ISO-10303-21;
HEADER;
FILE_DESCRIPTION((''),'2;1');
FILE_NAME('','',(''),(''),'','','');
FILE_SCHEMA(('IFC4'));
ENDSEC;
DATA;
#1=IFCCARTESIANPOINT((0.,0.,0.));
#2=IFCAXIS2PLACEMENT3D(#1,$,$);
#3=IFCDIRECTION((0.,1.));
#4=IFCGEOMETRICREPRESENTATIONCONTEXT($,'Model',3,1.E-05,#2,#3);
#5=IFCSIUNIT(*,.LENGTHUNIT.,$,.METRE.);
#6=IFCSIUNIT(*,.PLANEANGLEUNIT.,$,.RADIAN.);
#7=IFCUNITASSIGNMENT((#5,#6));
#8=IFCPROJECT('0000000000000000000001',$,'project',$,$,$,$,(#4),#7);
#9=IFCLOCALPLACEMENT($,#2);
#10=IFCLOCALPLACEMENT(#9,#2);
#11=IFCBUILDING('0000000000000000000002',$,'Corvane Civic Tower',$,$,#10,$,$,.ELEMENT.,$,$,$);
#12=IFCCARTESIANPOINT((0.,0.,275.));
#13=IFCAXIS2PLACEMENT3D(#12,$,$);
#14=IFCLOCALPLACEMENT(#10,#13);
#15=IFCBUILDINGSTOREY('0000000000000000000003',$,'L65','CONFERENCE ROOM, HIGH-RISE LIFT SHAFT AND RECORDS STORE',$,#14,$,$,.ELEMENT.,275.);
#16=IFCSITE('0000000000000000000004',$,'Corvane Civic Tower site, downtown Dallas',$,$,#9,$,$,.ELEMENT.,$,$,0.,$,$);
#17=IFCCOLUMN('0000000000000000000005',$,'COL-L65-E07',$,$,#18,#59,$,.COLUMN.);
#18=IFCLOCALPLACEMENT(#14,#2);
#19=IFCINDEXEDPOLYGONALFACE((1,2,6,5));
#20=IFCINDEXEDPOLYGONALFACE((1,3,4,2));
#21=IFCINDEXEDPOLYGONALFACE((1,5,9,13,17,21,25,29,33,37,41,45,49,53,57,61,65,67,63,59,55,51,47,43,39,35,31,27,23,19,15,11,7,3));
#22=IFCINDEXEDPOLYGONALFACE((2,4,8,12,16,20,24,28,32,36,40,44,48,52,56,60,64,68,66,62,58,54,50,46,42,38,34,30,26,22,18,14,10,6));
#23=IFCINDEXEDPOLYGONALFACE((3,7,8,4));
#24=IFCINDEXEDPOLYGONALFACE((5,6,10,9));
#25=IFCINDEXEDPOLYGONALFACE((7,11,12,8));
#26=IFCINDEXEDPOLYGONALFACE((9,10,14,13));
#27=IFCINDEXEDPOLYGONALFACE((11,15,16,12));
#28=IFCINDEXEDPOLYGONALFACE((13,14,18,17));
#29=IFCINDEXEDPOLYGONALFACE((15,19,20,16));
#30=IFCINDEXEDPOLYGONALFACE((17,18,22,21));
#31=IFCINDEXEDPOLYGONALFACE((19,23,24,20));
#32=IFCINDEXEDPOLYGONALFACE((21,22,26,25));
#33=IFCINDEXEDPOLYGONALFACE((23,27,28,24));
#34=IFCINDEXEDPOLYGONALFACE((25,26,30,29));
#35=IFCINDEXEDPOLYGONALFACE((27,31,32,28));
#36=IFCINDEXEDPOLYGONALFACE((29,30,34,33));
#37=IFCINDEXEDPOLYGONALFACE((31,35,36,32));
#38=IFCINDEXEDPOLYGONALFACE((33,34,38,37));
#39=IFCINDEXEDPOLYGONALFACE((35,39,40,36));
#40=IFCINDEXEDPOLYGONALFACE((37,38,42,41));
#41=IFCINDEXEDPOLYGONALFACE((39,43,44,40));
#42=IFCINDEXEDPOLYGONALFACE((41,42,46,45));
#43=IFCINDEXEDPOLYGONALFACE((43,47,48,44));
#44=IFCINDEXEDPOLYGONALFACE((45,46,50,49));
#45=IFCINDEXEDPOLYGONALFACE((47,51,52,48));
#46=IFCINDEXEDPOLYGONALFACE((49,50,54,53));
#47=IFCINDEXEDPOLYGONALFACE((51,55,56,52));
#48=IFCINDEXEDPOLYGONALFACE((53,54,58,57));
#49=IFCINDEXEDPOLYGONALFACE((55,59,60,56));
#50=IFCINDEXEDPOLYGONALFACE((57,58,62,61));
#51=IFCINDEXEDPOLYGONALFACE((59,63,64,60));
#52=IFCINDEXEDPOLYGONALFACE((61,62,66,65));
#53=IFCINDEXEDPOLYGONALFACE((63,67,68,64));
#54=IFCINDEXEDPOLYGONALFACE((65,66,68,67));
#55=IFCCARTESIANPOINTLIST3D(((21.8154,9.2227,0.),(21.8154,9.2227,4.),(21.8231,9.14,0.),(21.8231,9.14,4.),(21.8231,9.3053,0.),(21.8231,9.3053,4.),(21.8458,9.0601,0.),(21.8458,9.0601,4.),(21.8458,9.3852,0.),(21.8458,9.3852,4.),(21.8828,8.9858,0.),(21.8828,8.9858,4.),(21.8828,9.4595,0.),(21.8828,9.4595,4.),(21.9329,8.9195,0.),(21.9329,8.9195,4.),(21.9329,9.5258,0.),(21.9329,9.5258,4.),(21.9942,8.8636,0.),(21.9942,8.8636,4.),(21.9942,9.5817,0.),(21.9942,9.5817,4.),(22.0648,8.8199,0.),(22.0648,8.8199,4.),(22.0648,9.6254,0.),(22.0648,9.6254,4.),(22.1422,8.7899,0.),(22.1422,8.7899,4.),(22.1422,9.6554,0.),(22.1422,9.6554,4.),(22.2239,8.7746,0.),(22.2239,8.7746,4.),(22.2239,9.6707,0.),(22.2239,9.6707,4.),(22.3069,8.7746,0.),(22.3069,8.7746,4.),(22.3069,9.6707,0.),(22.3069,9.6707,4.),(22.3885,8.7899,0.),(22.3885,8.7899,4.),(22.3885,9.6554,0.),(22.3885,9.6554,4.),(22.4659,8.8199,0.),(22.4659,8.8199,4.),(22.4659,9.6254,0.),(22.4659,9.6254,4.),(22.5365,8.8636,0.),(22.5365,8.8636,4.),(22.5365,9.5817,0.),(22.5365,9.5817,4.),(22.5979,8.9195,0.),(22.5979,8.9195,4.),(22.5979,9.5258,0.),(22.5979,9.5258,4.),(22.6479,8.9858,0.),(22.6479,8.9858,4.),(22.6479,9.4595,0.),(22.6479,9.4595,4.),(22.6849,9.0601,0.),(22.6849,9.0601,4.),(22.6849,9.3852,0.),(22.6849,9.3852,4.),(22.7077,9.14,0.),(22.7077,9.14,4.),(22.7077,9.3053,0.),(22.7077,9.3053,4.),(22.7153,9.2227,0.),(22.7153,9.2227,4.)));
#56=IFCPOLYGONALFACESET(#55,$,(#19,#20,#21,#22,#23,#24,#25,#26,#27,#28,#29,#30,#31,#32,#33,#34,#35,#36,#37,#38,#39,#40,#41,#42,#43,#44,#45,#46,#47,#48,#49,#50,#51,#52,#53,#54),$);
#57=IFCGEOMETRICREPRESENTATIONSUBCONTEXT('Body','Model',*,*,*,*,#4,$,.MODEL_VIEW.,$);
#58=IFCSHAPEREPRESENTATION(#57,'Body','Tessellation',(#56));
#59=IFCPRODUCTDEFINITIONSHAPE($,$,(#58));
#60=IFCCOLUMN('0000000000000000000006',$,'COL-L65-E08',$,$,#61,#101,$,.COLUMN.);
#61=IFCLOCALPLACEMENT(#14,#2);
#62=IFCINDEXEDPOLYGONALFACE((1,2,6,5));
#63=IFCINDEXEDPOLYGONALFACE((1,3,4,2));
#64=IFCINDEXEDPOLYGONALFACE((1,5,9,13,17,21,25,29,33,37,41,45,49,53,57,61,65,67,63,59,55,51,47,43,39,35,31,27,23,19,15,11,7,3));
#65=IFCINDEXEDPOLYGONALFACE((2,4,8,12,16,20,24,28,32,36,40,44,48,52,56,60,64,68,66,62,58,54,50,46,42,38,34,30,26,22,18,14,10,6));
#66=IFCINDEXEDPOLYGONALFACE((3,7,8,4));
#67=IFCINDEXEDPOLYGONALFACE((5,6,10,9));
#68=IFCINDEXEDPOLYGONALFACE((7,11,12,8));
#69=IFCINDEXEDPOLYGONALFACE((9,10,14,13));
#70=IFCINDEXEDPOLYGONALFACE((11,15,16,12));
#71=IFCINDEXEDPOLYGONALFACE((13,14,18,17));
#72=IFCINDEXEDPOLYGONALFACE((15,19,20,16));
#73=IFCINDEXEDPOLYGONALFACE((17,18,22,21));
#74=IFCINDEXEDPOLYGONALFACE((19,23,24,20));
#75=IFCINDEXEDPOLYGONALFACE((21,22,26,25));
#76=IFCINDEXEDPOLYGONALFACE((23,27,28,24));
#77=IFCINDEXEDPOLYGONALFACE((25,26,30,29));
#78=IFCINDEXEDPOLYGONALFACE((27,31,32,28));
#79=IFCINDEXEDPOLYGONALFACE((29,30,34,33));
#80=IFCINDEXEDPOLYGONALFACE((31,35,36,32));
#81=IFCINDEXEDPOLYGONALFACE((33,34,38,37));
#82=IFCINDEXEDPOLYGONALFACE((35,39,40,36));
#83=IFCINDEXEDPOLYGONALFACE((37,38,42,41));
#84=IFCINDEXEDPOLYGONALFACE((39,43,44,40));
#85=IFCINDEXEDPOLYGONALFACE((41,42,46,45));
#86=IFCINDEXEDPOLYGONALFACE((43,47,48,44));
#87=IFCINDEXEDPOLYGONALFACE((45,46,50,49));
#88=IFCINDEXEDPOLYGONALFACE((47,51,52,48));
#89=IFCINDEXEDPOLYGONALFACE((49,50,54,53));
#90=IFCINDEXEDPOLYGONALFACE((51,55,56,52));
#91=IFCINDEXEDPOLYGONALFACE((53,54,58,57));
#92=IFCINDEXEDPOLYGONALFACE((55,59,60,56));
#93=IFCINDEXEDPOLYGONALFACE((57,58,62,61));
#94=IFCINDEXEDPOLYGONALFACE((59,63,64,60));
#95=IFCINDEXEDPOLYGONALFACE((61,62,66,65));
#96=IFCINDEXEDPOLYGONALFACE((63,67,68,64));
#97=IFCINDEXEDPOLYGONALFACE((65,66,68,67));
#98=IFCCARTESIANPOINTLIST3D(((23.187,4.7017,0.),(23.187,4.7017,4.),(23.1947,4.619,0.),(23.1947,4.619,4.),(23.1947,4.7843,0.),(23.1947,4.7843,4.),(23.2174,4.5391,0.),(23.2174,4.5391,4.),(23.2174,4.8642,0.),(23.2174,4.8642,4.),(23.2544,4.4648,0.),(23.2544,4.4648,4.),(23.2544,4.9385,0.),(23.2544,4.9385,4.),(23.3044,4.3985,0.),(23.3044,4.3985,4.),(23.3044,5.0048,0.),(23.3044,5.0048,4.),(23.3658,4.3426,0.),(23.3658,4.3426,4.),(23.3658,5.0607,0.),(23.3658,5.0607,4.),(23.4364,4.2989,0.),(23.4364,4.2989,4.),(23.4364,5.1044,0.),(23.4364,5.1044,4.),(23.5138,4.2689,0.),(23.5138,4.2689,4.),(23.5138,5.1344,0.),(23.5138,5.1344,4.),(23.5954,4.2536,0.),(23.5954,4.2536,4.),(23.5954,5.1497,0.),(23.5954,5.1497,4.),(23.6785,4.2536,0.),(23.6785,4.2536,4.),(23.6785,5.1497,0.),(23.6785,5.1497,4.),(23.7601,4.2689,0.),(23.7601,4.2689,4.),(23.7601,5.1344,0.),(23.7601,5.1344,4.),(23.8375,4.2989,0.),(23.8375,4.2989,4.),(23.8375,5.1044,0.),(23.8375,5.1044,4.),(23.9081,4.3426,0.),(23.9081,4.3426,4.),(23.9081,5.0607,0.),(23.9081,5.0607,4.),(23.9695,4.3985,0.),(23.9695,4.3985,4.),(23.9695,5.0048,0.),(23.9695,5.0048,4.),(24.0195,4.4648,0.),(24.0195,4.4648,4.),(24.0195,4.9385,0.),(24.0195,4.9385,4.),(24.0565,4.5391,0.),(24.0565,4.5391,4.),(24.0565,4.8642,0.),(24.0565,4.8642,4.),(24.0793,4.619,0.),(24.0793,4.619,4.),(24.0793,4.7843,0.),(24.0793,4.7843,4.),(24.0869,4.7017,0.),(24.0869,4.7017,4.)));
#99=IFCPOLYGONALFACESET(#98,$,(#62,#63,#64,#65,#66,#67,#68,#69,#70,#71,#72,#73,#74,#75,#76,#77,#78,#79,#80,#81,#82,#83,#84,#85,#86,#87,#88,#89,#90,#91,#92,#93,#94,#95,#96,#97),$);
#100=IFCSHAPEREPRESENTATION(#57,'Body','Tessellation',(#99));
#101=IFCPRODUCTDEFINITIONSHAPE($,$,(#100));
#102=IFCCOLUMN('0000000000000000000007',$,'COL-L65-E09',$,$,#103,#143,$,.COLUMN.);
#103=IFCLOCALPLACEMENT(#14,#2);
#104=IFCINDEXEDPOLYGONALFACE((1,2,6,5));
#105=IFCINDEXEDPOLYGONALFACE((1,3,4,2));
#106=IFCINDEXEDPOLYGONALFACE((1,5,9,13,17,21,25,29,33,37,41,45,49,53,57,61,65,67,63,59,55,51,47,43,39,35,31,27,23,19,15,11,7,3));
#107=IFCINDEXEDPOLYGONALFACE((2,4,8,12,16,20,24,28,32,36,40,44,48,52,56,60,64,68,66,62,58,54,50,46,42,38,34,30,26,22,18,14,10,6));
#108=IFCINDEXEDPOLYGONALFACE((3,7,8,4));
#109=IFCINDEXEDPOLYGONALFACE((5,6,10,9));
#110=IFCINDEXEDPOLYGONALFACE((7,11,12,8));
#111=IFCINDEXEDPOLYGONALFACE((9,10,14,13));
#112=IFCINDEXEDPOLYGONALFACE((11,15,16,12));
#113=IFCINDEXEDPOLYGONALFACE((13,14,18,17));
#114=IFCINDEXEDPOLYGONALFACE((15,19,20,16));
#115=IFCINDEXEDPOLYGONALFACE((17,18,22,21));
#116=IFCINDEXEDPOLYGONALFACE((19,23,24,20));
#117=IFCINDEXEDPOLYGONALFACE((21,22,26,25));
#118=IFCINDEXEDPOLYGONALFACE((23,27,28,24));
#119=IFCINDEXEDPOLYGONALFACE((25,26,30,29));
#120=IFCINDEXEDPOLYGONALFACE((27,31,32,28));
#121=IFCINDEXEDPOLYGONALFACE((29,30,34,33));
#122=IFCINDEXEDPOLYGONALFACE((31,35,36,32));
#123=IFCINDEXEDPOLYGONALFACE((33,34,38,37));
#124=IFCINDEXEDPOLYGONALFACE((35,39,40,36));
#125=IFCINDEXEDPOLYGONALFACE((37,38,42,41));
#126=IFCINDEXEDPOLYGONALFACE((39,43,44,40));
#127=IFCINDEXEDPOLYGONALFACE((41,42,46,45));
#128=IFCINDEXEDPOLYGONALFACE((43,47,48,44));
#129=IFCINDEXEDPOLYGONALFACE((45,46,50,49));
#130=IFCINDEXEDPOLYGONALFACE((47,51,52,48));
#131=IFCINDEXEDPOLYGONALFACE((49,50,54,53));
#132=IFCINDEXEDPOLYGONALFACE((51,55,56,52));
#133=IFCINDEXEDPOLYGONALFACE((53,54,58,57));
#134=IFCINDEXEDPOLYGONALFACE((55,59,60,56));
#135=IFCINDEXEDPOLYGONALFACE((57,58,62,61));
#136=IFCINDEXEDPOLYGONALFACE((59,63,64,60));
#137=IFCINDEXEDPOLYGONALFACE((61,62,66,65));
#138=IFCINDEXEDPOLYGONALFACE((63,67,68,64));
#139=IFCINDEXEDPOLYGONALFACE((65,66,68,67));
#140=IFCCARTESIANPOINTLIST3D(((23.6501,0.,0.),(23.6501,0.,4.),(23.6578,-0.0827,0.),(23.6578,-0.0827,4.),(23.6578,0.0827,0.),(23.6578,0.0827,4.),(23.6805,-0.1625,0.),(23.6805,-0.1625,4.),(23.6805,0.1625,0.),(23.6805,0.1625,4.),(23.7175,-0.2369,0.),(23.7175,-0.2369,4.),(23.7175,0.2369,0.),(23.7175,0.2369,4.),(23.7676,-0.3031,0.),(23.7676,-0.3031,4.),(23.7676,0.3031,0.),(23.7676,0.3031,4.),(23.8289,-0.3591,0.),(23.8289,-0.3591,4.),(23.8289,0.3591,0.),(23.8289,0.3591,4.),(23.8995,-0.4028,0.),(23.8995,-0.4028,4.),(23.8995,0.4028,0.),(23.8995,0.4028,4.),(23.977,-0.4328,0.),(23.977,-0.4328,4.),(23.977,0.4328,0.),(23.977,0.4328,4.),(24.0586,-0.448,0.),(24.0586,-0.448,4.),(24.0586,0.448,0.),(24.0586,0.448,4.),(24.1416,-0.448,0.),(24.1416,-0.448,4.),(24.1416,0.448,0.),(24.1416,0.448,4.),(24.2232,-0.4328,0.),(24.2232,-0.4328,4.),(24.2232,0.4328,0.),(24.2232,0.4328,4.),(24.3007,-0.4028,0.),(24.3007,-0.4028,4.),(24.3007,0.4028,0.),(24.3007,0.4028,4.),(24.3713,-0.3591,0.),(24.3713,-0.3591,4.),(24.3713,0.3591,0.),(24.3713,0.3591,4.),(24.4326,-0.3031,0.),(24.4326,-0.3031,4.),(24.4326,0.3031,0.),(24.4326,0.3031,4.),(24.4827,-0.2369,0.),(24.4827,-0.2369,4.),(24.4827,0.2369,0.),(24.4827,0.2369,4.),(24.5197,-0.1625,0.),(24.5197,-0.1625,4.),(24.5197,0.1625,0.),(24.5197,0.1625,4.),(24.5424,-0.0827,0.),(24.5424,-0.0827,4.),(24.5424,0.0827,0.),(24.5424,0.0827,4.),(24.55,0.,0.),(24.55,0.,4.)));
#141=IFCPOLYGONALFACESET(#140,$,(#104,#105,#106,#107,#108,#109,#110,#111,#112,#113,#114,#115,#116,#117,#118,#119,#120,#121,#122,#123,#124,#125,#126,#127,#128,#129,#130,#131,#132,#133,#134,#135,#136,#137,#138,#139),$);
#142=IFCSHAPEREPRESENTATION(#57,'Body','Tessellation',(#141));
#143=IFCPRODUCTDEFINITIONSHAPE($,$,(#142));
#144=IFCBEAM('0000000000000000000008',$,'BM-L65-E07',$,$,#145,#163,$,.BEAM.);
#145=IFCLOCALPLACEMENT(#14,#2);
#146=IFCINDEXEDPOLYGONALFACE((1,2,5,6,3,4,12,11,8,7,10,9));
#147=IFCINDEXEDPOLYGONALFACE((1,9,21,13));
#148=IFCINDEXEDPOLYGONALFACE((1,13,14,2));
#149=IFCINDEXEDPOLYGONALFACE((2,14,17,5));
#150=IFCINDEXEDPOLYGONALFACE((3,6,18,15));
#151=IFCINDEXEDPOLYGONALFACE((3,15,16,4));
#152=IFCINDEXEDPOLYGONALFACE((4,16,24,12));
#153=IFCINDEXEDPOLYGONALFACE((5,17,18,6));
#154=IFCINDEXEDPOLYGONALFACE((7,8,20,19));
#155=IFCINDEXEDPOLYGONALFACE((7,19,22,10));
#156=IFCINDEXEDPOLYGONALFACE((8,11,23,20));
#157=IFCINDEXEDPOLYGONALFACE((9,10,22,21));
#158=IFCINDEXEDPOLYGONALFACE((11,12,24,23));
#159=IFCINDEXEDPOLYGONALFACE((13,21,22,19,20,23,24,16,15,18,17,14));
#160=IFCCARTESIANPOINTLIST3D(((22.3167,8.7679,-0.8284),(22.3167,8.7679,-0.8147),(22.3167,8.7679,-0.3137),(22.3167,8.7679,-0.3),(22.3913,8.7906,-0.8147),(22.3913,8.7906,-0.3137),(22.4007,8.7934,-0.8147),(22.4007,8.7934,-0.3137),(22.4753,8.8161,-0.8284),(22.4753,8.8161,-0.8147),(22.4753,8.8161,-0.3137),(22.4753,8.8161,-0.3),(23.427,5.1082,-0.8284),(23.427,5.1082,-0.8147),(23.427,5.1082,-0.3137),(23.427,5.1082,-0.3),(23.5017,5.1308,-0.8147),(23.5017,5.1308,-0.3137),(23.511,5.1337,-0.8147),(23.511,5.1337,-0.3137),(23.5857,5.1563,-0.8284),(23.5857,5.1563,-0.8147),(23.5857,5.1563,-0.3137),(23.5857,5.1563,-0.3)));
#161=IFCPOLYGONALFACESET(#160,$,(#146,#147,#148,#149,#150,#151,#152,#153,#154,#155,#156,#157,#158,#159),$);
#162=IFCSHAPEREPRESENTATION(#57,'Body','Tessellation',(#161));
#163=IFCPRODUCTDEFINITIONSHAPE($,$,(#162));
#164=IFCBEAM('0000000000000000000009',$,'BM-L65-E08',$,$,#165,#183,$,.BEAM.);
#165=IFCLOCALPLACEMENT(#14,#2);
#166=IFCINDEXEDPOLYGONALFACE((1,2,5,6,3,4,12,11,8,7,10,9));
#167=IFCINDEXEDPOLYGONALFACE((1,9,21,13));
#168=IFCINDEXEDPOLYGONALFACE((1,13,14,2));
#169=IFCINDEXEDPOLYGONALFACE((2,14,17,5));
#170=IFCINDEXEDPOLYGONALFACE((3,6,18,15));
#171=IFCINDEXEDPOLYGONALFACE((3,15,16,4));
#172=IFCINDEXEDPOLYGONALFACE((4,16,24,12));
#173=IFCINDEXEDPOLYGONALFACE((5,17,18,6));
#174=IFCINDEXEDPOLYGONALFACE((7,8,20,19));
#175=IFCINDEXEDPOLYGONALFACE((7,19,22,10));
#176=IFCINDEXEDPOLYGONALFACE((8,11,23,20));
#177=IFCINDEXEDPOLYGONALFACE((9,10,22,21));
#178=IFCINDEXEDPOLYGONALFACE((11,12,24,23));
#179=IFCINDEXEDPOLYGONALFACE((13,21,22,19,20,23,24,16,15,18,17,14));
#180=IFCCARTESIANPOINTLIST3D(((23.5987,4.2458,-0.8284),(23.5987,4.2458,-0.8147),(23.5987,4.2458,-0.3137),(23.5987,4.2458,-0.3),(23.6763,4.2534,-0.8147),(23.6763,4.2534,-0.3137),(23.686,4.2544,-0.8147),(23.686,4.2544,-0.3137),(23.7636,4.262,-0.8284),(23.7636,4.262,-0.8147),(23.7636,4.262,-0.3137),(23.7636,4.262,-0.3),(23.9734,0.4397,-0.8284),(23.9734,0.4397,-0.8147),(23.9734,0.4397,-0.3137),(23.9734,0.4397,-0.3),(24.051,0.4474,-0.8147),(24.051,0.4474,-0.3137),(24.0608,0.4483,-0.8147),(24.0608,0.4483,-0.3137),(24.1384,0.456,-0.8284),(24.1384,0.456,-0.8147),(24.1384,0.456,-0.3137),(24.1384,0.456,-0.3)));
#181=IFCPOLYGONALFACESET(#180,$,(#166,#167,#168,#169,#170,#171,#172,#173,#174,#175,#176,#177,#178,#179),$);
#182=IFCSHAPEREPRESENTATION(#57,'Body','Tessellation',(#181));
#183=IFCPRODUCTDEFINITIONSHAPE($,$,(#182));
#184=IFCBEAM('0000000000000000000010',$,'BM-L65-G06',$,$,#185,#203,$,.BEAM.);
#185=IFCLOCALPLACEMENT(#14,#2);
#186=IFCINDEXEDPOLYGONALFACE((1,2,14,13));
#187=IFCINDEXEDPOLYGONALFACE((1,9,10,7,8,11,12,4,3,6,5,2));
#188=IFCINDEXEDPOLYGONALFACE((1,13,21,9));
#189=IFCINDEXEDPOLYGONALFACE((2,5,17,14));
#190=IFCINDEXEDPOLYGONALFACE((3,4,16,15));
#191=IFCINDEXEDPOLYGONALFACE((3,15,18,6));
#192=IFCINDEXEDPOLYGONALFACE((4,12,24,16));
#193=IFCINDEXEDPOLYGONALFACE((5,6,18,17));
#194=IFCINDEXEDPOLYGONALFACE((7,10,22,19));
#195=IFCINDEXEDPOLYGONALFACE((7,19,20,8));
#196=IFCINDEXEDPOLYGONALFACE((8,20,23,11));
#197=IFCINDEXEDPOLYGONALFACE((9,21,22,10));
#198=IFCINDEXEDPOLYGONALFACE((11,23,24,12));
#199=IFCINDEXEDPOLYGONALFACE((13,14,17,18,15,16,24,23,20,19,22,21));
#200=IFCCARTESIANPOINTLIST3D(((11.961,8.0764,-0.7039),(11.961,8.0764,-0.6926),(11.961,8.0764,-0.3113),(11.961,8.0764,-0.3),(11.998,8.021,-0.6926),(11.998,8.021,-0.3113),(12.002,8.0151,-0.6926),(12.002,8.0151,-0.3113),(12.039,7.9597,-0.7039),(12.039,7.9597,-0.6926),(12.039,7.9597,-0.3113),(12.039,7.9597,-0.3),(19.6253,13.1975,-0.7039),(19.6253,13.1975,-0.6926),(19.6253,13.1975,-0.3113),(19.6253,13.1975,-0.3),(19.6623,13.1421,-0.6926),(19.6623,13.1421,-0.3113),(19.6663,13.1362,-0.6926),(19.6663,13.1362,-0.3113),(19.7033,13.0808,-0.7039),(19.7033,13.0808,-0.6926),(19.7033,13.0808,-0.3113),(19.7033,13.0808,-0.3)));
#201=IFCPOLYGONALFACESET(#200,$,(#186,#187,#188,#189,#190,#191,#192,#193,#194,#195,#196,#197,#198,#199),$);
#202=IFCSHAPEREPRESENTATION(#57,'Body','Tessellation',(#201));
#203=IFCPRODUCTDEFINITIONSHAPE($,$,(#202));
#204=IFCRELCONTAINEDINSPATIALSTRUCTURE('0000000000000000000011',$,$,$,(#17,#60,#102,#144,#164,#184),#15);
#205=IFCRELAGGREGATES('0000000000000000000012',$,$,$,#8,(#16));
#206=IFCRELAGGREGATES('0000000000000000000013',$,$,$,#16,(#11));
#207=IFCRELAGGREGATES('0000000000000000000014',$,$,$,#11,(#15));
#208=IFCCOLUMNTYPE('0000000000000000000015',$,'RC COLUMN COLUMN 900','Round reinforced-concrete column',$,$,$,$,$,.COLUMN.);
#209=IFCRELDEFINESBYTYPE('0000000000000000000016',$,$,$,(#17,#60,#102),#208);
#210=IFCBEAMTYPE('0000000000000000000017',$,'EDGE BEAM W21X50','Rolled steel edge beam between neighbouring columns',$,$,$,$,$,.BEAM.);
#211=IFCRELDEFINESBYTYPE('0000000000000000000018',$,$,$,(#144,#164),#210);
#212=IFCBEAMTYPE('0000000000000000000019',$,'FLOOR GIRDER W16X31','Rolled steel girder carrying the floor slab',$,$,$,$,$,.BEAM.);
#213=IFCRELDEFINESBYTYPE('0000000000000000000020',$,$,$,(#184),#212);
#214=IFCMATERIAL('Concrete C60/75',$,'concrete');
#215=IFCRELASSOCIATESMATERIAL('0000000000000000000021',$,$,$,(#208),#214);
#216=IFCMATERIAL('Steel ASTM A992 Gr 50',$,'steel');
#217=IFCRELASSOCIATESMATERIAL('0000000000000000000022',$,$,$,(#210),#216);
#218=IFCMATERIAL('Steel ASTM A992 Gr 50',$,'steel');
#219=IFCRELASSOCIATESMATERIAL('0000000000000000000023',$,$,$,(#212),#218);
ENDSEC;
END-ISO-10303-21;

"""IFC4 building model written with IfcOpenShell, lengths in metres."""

from ifc_helpers import new_model, si_unit, direction, frame, origin, origin_2d, place, context, subcontext, project, spatial, circle, i_section, extrude, material, material_profile, profile_set, type_object, element, save


model = new_model("IFC4")

# Units and contexts
model_context = context("Model", 3, precision=1e-05, world=origin(), true_north=direction((0.0, 1.0)))
body_context = subcontext(model_context, "Body", "Model", "MODEL_VIEW")
ifc_project = project(units=[si_unit("LENGTHUNIT", "METRE"), si_unit("PLANEANGLEUNIT", "RADIAN")], contexts=[model_context])

# Site, building, storey
site_placement = place(None, origin())
site = spatial("IfcSite", under=ifc_project, at=site_placement, Name="Corvane Civic Tower site, downtown Dallas", CompositionType="ELEMENT", RefElevation=0.0)
building_placement = place(site_placement, origin())
building = spatial("IfcBuilding", under=site, at=building_placement, Name="Corvane Civic Tower", CompositionType="ELEMENT")
storey_placement = place(building_placement, frame((0.0, 0.0, 275.0)))
storey = spatial("IfcBuildingStorey", under=building, at=storey_placement, Name="L65", Description="CONFERENCE ROOM, HIGH-RISE LIFT SHAFT AND RECORDS STORE", CompositionType="ELEMENT", Elevation=275.0)

# Columns
ifc_material_1 = material(Name="Concrete C60/75", Category="concrete")
ifc_material_profile_1 = material_profile(ifc_material_1, circle(Radius=0.45, at=origin_2d()), Name="COLUMN 900")
ifc_profile_set_1 = profile_set([ifc_material_profile_1], Name="Concrete C60/75")
column_type = type_object("IfcColumnType", Name="RC COLUMN COLUMN 900", Description="Round reinforced-concrete column", PredefinedType="COLUMN", material=ifc_profile_set_1)
for number, where, z_axis, x_axis, name in (
    (1, (22.2654, 9.2227, 0.0), (0.0, 0.0, 1.0), (1.0, 0.0, 0.0), "COL-L65-E07"),
    (2, (23.637, 4.7017, 0.0), (0.0, 0.0, 1.0), (1.0, 0.0, 0.0), "COL-L65-E08"),
    (3, (24.1001, 0.0, 0.0), (0.0, 0.0, 1.0), (1.0, 0.0, 0.0), "COL-L65-E09"),
):
    element("IfcColumn", number, at=place(storey_placement, frame(where, z_axis=z_axis, x_axis=x_axis)), inside=storey, type_object=column_type, Name=name, PredefinedType="COLUMN", context=body_context, shape_type="SweptSolid", body=[
        extrude(circle(Radius=0.45, at=origin_2d()), origin(), (0.0, 0.0, 1.0), 4.0),
    ])

# Beams
ifc_material_2 = material(Name="Steel ASTM A992 Gr 50", Category="steel")
ifc_material_profile_2 = material_profile(ifc_material_2, i_section(OverallWidth=0.1658, OverallDepth=0.5283, WebThickness=0.0098, FlangeThickness=0.0137, at=origin_2d()), Name="W21X50")
ifc_profile_set_2 = profile_set([ifc_material_profile_2], Name="Steel ASTM A992 Gr 50")
beam_type_1 = type_object("IfcBeamType", Name="EDGE BEAM W21X50", Description="Rolled steel edge beam between neighbouring columns", PredefinedType="BEAM", material=ifc_profile_set_2)
for number, where, z_axis, x_axis, name in (
    (4, (22.396, 8.792, -0.5642), (0.290333, -0.956926, 0.0), (0.956926, 0.290333, 0.0), "BM-L65-E07"),
    (5, (23.6812, 4.2539, -0.5642), (0.097987, -0.995188, 0.0), (0.995188, 0.097987, 0.0), "BM-L65-E08"),
):
    element("IfcBeam", number, at=place(storey_placement, frame(where, z_axis=z_axis, x_axis=x_axis)), inside=storey, type_object=beam_type_1, Name=name, PredefinedType="BEAM", context=body_context, shape_type="SweptSolid", body=[
        extrude(i_section(OverallWidth=0.1658, OverallDepth=0.5283, WebThickness=0.0098, FlangeThickness=0.0137, at=origin_2d()), origin(), (0.0, 0.0, 1.0), 3.8245),
    ])
ifc_material_3 = material(Name="Steel ASTM A992 Gr 50", Category="steel")
ifc_material_profile_3 = material_profile(ifc_material_3, i_section(OverallWidth=0.1404, OverallDepth=0.4038, WebThickness=0.0071, FlangeThickness=0.0112, at=origin_2d()), Name="W16X31")
ifc_profile_set_3 = profile_set([ifc_material_profile_3], Name="Steel ASTM A992 Gr 50")
beam_type_2 = type_object("IfcBeamType", Name="FLOOR GIRDER W16X31", Description="Rolled steel girder carrying the floor slab", PredefinedType="BEAM", material=ifc_profile_set_3)
beam_1_placement = place(storey_placement, frame((12.0, 8.0181, -0.502), z_axis=(0.831471, 0.555568, 0.0), x_axis=(-0.555568, 0.831471, 0.0)))
element("IfcBeam", 6, at=beam_1_placement, inside=storey, type_object=beam_type_2, Name="BM-L65-G06", PredefinedType="BEAM", context=body_context, shape_type="SweptSolid", body=[
    extrude(i_section(OverallWidth=0.1404, OverallDepth=0.4038, WebThickness=0.0071, FlangeThickness=0.0112, at=origin_2d()), origin(), (0.0, 0.0, 1.0), 9.2178),
])

save(model, "model.ifc")
